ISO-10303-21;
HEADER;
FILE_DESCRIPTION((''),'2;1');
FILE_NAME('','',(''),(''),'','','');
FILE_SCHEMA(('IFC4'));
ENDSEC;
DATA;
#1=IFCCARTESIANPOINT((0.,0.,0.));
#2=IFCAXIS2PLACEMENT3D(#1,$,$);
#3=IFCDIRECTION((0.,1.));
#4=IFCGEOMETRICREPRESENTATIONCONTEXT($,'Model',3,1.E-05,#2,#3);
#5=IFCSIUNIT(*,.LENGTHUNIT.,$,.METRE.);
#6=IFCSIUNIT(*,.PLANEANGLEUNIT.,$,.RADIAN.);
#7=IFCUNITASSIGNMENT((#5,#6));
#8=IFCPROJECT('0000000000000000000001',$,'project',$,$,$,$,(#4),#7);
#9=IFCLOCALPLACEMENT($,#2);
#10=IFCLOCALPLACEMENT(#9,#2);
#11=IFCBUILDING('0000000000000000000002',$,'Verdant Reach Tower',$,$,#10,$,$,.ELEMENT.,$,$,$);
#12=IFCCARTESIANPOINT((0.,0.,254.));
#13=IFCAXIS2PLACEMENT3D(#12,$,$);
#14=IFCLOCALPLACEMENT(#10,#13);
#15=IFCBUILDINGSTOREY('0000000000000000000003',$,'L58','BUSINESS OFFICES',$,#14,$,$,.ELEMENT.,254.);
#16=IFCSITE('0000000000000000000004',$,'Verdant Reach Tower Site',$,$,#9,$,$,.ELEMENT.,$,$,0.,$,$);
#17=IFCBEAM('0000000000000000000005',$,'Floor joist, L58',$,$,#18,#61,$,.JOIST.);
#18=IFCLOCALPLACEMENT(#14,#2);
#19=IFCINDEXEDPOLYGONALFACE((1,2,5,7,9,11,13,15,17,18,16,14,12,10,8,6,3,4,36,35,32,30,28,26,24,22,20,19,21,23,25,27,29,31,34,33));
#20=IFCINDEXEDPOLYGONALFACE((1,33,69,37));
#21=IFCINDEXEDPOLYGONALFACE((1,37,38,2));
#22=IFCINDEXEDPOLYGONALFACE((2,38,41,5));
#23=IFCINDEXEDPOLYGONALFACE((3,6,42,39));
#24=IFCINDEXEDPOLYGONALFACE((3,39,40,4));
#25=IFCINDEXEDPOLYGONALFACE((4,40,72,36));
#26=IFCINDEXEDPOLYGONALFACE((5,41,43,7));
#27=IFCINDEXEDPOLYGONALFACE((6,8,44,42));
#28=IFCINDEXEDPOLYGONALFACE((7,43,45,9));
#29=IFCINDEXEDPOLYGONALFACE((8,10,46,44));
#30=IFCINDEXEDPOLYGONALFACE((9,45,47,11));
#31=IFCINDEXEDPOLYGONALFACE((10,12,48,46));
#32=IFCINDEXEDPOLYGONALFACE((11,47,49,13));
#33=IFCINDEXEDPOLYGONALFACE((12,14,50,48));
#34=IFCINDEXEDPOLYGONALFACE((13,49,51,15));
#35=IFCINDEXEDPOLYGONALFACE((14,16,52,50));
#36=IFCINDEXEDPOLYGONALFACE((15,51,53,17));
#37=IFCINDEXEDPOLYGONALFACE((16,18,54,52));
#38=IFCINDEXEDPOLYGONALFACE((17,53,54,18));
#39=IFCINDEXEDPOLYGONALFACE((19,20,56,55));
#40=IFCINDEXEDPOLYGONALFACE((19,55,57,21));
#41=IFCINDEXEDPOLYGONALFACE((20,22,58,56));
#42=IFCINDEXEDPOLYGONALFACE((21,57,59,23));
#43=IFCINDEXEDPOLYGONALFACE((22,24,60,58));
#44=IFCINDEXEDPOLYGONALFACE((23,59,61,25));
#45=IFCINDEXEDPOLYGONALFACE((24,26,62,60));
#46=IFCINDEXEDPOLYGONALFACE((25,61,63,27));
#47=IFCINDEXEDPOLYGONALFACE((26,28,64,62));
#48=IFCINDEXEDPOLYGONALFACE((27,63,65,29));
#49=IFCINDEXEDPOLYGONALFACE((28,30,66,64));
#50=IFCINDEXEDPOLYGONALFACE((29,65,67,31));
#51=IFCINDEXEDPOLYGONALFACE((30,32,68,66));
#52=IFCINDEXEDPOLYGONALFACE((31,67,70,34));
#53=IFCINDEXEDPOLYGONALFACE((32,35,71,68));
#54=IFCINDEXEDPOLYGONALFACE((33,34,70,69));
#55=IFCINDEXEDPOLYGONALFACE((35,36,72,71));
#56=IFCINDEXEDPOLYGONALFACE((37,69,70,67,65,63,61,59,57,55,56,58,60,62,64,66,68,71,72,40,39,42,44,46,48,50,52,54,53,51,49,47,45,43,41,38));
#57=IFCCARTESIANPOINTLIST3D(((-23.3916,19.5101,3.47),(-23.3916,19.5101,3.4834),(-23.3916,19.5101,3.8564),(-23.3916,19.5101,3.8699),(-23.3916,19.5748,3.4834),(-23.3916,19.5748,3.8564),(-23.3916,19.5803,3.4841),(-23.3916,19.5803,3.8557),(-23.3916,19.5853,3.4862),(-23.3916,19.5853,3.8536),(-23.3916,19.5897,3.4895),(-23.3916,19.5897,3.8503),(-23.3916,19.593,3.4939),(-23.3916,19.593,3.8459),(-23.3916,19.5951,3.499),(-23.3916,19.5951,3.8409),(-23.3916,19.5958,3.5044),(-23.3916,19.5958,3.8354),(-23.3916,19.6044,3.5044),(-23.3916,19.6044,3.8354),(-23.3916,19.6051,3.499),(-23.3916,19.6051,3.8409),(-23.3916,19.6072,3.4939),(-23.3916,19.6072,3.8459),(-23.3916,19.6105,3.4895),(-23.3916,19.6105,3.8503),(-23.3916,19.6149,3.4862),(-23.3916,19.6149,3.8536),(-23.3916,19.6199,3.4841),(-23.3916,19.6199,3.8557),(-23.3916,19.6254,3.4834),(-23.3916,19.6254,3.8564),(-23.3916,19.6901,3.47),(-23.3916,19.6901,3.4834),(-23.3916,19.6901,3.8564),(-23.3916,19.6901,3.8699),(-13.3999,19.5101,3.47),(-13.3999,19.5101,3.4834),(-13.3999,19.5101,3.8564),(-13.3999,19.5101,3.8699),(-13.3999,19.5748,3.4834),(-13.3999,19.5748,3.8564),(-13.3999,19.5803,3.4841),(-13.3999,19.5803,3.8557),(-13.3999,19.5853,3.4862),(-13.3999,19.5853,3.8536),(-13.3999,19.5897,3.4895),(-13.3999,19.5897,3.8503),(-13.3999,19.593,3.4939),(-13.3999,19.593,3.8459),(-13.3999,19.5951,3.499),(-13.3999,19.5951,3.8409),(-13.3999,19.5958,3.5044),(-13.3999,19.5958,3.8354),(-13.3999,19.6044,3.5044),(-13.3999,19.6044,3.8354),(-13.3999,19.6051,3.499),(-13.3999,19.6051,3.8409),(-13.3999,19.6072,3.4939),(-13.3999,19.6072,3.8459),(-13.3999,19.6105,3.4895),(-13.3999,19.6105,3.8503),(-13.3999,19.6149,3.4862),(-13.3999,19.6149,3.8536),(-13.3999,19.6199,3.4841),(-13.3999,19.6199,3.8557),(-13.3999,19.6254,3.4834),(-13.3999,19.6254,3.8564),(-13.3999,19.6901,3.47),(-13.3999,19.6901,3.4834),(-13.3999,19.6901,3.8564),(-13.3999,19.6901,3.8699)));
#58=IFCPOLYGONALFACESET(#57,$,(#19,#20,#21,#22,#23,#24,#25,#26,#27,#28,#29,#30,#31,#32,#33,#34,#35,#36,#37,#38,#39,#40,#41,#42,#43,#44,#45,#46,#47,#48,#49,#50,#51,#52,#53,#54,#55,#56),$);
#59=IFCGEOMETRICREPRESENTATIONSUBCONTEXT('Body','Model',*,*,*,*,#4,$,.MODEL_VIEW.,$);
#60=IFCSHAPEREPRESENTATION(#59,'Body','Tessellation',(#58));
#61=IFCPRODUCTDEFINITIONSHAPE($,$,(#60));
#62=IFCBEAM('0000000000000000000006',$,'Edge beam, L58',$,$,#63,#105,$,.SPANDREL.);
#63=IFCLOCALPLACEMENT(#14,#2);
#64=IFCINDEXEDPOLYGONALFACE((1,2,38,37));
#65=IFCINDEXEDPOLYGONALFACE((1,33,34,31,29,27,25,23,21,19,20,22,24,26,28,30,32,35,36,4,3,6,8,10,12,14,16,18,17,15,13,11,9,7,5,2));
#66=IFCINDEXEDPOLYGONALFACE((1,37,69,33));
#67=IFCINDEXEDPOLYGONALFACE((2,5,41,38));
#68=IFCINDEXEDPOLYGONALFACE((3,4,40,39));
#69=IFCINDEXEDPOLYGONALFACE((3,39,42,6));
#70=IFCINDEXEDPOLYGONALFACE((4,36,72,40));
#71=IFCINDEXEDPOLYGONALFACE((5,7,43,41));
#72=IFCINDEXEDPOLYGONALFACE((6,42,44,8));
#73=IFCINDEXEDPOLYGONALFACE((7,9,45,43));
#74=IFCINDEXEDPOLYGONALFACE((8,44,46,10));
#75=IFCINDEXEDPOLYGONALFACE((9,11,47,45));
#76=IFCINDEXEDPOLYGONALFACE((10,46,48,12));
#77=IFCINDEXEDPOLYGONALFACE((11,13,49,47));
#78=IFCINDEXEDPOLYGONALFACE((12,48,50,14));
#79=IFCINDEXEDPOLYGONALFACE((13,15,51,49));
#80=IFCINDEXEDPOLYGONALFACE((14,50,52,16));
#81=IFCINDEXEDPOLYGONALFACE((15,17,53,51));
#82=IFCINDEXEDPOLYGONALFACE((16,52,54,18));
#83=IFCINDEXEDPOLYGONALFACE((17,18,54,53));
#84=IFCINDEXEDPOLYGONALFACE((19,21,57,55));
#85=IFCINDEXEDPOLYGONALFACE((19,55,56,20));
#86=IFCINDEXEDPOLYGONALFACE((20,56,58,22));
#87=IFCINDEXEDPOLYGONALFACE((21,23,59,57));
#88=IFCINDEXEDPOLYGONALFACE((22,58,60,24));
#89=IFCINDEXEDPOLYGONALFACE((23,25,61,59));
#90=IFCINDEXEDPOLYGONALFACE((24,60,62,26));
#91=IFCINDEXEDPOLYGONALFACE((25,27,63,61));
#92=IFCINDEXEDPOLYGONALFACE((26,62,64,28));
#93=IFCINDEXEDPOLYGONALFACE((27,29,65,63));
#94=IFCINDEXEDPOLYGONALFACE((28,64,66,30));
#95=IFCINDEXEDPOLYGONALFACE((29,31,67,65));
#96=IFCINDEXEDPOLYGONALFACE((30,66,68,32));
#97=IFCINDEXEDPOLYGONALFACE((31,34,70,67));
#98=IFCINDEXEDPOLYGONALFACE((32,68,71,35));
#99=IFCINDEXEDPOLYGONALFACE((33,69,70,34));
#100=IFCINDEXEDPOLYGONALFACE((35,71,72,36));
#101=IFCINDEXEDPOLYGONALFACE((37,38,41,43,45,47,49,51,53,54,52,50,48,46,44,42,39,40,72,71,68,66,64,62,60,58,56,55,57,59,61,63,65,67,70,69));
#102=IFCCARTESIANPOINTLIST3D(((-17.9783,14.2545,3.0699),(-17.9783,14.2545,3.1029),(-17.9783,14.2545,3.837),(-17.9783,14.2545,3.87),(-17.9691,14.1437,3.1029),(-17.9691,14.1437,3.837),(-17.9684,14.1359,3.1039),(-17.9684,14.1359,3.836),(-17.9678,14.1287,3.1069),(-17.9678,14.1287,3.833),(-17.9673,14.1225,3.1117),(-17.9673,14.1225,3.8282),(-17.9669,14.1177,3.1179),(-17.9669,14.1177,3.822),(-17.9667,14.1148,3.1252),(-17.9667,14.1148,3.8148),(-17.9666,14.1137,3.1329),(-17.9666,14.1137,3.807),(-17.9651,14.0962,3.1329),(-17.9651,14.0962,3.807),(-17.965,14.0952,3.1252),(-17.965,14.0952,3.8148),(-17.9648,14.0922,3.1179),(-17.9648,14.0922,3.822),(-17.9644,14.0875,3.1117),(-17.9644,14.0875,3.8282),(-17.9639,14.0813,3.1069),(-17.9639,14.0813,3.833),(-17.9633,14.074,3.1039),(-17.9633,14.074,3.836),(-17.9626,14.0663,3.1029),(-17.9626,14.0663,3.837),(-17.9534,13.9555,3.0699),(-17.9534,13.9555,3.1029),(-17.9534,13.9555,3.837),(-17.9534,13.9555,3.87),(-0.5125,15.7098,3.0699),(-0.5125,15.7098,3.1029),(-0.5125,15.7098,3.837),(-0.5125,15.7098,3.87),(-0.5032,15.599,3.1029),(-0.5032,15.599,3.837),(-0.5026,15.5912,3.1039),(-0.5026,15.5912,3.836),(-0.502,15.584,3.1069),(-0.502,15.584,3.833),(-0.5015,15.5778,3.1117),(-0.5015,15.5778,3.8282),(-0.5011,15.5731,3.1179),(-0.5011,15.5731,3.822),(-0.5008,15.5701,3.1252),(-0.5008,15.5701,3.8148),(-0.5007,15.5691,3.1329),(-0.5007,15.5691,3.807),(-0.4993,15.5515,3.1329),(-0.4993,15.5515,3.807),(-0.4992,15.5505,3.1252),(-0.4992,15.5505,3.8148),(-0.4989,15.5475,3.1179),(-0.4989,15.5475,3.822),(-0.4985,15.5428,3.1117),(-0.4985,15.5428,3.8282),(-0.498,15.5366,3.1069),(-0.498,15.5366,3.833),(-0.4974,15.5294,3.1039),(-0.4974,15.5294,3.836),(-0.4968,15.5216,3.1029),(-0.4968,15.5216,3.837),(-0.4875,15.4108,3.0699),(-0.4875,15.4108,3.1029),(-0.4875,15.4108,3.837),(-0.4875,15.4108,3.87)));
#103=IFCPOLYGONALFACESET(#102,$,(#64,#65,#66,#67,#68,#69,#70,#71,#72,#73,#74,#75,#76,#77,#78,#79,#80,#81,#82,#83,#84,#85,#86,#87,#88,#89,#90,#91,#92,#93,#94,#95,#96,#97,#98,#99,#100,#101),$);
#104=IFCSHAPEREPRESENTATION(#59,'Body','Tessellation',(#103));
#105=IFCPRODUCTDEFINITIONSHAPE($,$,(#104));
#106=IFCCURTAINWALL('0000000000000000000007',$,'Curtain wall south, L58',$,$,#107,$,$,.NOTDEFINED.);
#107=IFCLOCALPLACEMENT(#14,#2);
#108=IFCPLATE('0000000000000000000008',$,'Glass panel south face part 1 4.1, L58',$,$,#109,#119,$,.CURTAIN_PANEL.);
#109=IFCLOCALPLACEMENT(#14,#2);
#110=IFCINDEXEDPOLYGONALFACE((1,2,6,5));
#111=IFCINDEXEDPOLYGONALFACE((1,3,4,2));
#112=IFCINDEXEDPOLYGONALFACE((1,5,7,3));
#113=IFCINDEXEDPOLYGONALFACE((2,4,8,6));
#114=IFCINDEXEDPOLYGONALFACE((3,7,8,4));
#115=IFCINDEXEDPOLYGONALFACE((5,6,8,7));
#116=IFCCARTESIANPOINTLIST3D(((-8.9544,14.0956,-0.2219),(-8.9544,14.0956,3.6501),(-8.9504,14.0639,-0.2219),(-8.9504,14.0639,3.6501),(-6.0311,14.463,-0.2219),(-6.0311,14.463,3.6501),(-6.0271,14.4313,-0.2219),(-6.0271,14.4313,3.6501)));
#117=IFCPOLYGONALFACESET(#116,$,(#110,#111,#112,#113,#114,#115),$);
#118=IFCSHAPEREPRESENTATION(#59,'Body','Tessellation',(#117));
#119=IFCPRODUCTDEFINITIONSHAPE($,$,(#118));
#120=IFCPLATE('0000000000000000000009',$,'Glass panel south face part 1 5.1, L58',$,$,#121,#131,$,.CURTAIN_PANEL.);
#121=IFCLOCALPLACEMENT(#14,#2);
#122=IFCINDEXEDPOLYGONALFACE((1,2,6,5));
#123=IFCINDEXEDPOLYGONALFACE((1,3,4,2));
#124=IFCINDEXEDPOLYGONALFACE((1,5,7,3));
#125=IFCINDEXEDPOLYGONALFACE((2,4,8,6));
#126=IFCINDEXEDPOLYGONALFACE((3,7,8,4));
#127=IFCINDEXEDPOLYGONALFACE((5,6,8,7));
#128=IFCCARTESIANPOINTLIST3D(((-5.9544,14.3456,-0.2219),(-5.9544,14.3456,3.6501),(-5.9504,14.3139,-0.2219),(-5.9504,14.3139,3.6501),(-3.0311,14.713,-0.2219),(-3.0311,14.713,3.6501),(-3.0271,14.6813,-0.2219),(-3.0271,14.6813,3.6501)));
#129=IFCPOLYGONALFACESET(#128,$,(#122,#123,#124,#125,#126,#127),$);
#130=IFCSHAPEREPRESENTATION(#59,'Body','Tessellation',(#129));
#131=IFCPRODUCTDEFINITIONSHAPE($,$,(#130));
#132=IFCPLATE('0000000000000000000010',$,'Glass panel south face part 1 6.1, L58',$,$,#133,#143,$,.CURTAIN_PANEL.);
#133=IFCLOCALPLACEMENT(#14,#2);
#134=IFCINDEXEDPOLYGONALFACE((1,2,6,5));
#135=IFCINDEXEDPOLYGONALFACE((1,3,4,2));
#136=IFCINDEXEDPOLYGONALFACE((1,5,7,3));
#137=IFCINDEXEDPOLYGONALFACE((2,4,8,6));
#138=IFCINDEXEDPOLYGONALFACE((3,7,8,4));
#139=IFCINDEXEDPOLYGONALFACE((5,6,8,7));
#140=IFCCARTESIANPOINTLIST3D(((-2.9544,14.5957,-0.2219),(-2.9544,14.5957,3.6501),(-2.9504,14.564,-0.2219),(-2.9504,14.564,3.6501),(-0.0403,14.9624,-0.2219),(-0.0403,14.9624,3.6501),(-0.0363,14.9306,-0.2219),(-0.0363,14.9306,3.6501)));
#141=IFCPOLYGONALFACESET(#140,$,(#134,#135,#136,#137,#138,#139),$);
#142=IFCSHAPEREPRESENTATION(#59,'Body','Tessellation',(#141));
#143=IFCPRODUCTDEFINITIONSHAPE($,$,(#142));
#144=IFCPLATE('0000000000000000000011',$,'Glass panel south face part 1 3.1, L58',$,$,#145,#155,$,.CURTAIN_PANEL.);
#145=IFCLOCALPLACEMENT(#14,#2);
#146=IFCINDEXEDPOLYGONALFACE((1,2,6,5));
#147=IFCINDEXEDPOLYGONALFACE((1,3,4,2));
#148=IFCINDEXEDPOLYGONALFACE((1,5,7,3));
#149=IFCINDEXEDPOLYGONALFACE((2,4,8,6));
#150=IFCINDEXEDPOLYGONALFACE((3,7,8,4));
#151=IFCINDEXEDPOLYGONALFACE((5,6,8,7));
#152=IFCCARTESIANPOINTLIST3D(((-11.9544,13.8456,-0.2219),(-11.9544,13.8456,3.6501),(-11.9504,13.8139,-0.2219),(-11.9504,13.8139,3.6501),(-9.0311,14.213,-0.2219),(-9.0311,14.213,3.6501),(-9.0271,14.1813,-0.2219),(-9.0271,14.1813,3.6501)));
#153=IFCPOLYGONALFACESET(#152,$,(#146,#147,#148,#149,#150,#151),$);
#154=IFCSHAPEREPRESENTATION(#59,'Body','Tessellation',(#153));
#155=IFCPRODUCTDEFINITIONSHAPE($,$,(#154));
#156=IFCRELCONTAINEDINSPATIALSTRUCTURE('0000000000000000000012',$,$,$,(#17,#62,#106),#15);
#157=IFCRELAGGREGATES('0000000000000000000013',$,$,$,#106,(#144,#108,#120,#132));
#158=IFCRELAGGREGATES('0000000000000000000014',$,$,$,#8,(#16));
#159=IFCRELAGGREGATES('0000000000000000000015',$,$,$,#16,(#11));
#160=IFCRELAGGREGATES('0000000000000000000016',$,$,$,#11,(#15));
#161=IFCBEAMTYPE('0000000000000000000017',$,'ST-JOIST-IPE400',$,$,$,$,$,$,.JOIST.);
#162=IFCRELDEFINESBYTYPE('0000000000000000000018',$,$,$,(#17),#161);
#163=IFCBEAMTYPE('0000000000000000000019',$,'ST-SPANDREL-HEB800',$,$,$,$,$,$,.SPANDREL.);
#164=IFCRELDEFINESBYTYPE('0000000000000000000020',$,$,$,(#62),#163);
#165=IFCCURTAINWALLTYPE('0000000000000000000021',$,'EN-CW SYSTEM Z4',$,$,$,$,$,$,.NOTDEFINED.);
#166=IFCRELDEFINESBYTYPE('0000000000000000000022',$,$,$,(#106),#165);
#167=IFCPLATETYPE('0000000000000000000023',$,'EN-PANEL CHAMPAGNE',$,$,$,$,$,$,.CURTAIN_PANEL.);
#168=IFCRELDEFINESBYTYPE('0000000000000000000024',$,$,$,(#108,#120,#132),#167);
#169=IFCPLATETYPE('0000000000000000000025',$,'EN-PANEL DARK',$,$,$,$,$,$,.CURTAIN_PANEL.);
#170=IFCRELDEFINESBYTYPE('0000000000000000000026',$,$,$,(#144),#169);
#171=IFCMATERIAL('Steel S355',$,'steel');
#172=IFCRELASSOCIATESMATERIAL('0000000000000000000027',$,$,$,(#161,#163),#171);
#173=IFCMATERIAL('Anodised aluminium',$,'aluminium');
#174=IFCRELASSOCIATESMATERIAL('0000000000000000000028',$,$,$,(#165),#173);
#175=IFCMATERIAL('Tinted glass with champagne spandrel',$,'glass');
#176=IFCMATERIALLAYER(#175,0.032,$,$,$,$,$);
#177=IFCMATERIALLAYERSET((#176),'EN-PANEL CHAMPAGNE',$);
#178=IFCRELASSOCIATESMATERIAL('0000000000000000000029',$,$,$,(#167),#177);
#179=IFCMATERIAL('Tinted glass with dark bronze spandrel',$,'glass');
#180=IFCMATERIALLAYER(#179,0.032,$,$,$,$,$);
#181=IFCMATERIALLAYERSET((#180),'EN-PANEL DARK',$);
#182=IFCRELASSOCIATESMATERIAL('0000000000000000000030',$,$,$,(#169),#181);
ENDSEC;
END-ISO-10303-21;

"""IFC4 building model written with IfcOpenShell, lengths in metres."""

from ifc_helpers import new_model, si_unit, direction, frame, origin, origin_2d, place, context, subcontext, project, spatial, rectangle, i_section, extrude, material, layer, layer_set, material_profile, profile_set, type_object, element, aggregate, save


model = new_model("IFC4")

# Units and contexts
model_context = context("Model", 3, precision=1e-05, world=origin(), true_north=direction((0.0, 1.0)))
body_context = subcontext(model_context, "Body", "Model", "MODEL_VIEW")
ifc_project = project(units=[si_unit("LENGTHUNIT", "METRE"), si_unit("PLANEANGLEUNIT", "RADIAN")], contexts=[model_context])

# Site, building, storey
site_placement = place(None, origin())
site = spatial("IfcSite", under=ifc_project, at=site_placement, Name="Verdant Reach Tower Site", CompositionType="ELEMENT", RefElevation=0.0)
building_placement = place(site_placement, origin())
building = spatial("IfcBuilding", under=site, at=building_placement, Name="Verdant Reach Tower", CompositionType="ELEMENT")
storey_placement = place(building_placement, frame((0.0, 0.0, 254.0)))
storey = spatial("IfcBuildingStorey", under=building, at=storey_placement, Name="L58", Description="BUSINESS OFFICES", CompositionType="ELEMENT", Elevation=254.0)

# Beams
ifc_material_1 = material(Name="Steel S355", Category="steel")
ifc_material_profile_1 = material_profile(ifc_material_1, i_section(OverallWidth=0.1799, OverallDepth=0.3999, WebThickness=0.0085, FlangeThickness=0.0134, FilletRadius=0.021, at=origin_2d()), Name="IPE 400")
ifc_profile_set_1 = profile_set([ifc_material_profile_1], Name="Steel S355")
beam_type_1 = type_object("IfcBeamType", Name="ST-JOIST-IPE400", PredefinedType="JOIST", material=ifc_profile_set_1)
beam_1_placement = place(storey_placement, frame((-13.3999, 19.6001, 3.6699), z_axis=(-1.0, 0.0, 0.0), x_axis=(0.0, -1.0, 0.0)))
element("IfcBeam", 1, at=beam_1_placement, inside=storey, type_object=beam_type_1, Name="Floor joist, L58", PredefinedType="JOIST", context=body_context, shape_type="SweptSolid", body=[
    extrude(i_section(OverallWidth=0.1799, OverallDepth=0.3999, WebThickness=0.0085, FlangeThickness=0.0134, FilletRadius=0.021, at=origin_2d()), origin(), (0.0, 0.0, 1.0), 9.9917),
])
ifc_material_profile_2 = material_profile(ifc_material_1, i_section(OverallWidth=0.3, OverallDepth=0.8, WebThickness=0.0176, FlangeThickness=0.033, FilletRadius=0.03, at=origin_2d()), Name="HEB 800")
ifc_profile_set_2 = profile_set([ifc_material_profile_2], Name="Steel S355")
beam_type_2 = type_object("IfcBeamType", Name="ST-SPANDREL-HEB800", PredefinedType="SPANDREL", material=ifc_profile_set_2)
beam_2_placement = place(storey_placement, frame((-0.5, 15.5603, 3.47), z_axis=(-0.996547, -0.083036, 0.0), x_axis=(0.083036, -0.996547, 0.0)))
element("IfcBeam", 2, at=beam_2_placement, inside=storey, type_object=beam_type_2, Name="Edge beam, L58", PredefinedType="SPANDREL", context=body_context, shape_type="SweptSolid", body=[
    extrude(i_section(OverallWidth=0.3, OverallDepth=0.8, WebThickness=0.0176, FlangeThickness=0.033, FilletRadius=0.03, at=origin_2d()), origin(), (0.0, 0.0, 1.0), 17.5264),
])

# Curtain wall, plates
ifc_material_2 = material(Name="Anodised aluminium", Category="aluminium")
curtain_wall_type = type_object("IfcCurtainWallType", Name="EN-CW SYSTEM Z4", PredefinedType="NOTDEFINED", material=ifc_material_2)
curtain_wall_placement = place(storey_placement, origin())
curtain_wall = element("IfcCurtainWall", 3, at=curtain_wall_placement, inside=storey, type_object=curtain_wall_type, Name="Curtain wall south, L58", PredefinedType="NOTDEFINED")
ifc_material_3 = material(Name="Tinted glass with champagne spandrel", Category="glass")
ifc_layer_1 = layer(ifc_material_3, 0.032)
ifc_layer_set_1 = layer_set([ifc_layer_1], Name="EN-PANEL CHAMPAGNE")
plate_type_1 = type_object("IfcPlateType", Name="EN-PANEL CHAMPAGNE", PredefinedType="CURTAIN_PANEL", material=ifc_layer_set_1)
plate_1_placement = place(storey_placement, frame((-7.4907, 14.2634, -0.2219), z_axis=(0.0, 0.0, 1.0), x_axis=(0.992194, 0.124704, 0.0)))
plate_1 = element("IfcPlate", 4, at=plate_1_placement, type_object=plate_type_1, Name="Glass panel south face part 1 4.1, L58", PredefinedType="CURTAIN_PANEL", context=body_context, shape_type="SweptSolid", body=[
    extrude(rectangle(XDim=2.9463, YDim=0.032, at=origin_2d()), origin(), (0.0, 0.0, 1.0), 3.8721),
])
plate_2_placement = place(storey_placement, frame((-4.4907, 14.5134, -0.2219), z_axis=(0.0, 0.0, 1.0), x_axis=(0.992194, 0.124704, 0.0)))
plate_2 = element("IfcPlate", 5, at=plate_2_placement, type_object=plate_type_1, Name="Glass panel south face part 1 5.1, L58", PredefinedType="CURTAIN_PANEL", context=body_context, shape_type="SweptSolid", body=[
    extrude(rectangle(XDim=2.9463, YDim=0.032, at=origin_2d()), origin(), (0.0, 0.0, 1.0), 3.8721),
])
plate_3_placement = place(storey_placement, frame((-1.4954, 14.7632, -0.2219), z_axis=(0.0, 0.0, 1.0), x_axis=(0.992178, 0.124832, 0.0)))
plate_3 = element("IfcPlate", 6, at=plate_3_placement, type_object=plate_type_1, Name="Glass panel south face part 1 6.1, L58", PredefinedType="CURTAIN_PANEL", context=body_context, shape_type="SweptSolid", body=[
    extrude(rectangle(XDim=2.937, YDim=0.032, at=origin_2d()), origin(), (0.0, 0.0, 1.0), 3.8721),
])
ifc_material_4 = material(Name="Tinted glass with dark bronze spandrel", Category="glass")
ifc_layer_2 = layer(ifc_material_4, 0.032)
ifc_layer_set_2 = layer_set([ifc_layer_2], Name="EN-PANEL DARK")
plate_type_2 = type_object("IfcPlateType", Name="EN-PANEL DARK", PredefinedType="CURTAIN_PANEL", material=ifc_layer_set_2)
plate_4_placement = place(storey_placement, frame((-10.4907, 14.0134, -0.2219), z_axis=(0.0, 0.0, 1.0), x_axis=(0.992194, 0.124704, 0.0)))
plate_4 = element("IfcPlate", 7, at=plate_4_placement, type_object=plate_type_2, Name="Glass panel south face part 1 3.1, L58", PredefinedType="CURTAIN_PANEL", context=body_context, shape_type="SweptSolid", body=[
    extrude(rectangle(XDim=2.9463, YDim=0.032, at=origin_2d()), origin(), (0.0, 0.0, 1.0), 3.8721),
])
aggregate(curtain_wall, [plate_4, plate_1, plate_2, plate_3])

save(model, "model.ifc")
